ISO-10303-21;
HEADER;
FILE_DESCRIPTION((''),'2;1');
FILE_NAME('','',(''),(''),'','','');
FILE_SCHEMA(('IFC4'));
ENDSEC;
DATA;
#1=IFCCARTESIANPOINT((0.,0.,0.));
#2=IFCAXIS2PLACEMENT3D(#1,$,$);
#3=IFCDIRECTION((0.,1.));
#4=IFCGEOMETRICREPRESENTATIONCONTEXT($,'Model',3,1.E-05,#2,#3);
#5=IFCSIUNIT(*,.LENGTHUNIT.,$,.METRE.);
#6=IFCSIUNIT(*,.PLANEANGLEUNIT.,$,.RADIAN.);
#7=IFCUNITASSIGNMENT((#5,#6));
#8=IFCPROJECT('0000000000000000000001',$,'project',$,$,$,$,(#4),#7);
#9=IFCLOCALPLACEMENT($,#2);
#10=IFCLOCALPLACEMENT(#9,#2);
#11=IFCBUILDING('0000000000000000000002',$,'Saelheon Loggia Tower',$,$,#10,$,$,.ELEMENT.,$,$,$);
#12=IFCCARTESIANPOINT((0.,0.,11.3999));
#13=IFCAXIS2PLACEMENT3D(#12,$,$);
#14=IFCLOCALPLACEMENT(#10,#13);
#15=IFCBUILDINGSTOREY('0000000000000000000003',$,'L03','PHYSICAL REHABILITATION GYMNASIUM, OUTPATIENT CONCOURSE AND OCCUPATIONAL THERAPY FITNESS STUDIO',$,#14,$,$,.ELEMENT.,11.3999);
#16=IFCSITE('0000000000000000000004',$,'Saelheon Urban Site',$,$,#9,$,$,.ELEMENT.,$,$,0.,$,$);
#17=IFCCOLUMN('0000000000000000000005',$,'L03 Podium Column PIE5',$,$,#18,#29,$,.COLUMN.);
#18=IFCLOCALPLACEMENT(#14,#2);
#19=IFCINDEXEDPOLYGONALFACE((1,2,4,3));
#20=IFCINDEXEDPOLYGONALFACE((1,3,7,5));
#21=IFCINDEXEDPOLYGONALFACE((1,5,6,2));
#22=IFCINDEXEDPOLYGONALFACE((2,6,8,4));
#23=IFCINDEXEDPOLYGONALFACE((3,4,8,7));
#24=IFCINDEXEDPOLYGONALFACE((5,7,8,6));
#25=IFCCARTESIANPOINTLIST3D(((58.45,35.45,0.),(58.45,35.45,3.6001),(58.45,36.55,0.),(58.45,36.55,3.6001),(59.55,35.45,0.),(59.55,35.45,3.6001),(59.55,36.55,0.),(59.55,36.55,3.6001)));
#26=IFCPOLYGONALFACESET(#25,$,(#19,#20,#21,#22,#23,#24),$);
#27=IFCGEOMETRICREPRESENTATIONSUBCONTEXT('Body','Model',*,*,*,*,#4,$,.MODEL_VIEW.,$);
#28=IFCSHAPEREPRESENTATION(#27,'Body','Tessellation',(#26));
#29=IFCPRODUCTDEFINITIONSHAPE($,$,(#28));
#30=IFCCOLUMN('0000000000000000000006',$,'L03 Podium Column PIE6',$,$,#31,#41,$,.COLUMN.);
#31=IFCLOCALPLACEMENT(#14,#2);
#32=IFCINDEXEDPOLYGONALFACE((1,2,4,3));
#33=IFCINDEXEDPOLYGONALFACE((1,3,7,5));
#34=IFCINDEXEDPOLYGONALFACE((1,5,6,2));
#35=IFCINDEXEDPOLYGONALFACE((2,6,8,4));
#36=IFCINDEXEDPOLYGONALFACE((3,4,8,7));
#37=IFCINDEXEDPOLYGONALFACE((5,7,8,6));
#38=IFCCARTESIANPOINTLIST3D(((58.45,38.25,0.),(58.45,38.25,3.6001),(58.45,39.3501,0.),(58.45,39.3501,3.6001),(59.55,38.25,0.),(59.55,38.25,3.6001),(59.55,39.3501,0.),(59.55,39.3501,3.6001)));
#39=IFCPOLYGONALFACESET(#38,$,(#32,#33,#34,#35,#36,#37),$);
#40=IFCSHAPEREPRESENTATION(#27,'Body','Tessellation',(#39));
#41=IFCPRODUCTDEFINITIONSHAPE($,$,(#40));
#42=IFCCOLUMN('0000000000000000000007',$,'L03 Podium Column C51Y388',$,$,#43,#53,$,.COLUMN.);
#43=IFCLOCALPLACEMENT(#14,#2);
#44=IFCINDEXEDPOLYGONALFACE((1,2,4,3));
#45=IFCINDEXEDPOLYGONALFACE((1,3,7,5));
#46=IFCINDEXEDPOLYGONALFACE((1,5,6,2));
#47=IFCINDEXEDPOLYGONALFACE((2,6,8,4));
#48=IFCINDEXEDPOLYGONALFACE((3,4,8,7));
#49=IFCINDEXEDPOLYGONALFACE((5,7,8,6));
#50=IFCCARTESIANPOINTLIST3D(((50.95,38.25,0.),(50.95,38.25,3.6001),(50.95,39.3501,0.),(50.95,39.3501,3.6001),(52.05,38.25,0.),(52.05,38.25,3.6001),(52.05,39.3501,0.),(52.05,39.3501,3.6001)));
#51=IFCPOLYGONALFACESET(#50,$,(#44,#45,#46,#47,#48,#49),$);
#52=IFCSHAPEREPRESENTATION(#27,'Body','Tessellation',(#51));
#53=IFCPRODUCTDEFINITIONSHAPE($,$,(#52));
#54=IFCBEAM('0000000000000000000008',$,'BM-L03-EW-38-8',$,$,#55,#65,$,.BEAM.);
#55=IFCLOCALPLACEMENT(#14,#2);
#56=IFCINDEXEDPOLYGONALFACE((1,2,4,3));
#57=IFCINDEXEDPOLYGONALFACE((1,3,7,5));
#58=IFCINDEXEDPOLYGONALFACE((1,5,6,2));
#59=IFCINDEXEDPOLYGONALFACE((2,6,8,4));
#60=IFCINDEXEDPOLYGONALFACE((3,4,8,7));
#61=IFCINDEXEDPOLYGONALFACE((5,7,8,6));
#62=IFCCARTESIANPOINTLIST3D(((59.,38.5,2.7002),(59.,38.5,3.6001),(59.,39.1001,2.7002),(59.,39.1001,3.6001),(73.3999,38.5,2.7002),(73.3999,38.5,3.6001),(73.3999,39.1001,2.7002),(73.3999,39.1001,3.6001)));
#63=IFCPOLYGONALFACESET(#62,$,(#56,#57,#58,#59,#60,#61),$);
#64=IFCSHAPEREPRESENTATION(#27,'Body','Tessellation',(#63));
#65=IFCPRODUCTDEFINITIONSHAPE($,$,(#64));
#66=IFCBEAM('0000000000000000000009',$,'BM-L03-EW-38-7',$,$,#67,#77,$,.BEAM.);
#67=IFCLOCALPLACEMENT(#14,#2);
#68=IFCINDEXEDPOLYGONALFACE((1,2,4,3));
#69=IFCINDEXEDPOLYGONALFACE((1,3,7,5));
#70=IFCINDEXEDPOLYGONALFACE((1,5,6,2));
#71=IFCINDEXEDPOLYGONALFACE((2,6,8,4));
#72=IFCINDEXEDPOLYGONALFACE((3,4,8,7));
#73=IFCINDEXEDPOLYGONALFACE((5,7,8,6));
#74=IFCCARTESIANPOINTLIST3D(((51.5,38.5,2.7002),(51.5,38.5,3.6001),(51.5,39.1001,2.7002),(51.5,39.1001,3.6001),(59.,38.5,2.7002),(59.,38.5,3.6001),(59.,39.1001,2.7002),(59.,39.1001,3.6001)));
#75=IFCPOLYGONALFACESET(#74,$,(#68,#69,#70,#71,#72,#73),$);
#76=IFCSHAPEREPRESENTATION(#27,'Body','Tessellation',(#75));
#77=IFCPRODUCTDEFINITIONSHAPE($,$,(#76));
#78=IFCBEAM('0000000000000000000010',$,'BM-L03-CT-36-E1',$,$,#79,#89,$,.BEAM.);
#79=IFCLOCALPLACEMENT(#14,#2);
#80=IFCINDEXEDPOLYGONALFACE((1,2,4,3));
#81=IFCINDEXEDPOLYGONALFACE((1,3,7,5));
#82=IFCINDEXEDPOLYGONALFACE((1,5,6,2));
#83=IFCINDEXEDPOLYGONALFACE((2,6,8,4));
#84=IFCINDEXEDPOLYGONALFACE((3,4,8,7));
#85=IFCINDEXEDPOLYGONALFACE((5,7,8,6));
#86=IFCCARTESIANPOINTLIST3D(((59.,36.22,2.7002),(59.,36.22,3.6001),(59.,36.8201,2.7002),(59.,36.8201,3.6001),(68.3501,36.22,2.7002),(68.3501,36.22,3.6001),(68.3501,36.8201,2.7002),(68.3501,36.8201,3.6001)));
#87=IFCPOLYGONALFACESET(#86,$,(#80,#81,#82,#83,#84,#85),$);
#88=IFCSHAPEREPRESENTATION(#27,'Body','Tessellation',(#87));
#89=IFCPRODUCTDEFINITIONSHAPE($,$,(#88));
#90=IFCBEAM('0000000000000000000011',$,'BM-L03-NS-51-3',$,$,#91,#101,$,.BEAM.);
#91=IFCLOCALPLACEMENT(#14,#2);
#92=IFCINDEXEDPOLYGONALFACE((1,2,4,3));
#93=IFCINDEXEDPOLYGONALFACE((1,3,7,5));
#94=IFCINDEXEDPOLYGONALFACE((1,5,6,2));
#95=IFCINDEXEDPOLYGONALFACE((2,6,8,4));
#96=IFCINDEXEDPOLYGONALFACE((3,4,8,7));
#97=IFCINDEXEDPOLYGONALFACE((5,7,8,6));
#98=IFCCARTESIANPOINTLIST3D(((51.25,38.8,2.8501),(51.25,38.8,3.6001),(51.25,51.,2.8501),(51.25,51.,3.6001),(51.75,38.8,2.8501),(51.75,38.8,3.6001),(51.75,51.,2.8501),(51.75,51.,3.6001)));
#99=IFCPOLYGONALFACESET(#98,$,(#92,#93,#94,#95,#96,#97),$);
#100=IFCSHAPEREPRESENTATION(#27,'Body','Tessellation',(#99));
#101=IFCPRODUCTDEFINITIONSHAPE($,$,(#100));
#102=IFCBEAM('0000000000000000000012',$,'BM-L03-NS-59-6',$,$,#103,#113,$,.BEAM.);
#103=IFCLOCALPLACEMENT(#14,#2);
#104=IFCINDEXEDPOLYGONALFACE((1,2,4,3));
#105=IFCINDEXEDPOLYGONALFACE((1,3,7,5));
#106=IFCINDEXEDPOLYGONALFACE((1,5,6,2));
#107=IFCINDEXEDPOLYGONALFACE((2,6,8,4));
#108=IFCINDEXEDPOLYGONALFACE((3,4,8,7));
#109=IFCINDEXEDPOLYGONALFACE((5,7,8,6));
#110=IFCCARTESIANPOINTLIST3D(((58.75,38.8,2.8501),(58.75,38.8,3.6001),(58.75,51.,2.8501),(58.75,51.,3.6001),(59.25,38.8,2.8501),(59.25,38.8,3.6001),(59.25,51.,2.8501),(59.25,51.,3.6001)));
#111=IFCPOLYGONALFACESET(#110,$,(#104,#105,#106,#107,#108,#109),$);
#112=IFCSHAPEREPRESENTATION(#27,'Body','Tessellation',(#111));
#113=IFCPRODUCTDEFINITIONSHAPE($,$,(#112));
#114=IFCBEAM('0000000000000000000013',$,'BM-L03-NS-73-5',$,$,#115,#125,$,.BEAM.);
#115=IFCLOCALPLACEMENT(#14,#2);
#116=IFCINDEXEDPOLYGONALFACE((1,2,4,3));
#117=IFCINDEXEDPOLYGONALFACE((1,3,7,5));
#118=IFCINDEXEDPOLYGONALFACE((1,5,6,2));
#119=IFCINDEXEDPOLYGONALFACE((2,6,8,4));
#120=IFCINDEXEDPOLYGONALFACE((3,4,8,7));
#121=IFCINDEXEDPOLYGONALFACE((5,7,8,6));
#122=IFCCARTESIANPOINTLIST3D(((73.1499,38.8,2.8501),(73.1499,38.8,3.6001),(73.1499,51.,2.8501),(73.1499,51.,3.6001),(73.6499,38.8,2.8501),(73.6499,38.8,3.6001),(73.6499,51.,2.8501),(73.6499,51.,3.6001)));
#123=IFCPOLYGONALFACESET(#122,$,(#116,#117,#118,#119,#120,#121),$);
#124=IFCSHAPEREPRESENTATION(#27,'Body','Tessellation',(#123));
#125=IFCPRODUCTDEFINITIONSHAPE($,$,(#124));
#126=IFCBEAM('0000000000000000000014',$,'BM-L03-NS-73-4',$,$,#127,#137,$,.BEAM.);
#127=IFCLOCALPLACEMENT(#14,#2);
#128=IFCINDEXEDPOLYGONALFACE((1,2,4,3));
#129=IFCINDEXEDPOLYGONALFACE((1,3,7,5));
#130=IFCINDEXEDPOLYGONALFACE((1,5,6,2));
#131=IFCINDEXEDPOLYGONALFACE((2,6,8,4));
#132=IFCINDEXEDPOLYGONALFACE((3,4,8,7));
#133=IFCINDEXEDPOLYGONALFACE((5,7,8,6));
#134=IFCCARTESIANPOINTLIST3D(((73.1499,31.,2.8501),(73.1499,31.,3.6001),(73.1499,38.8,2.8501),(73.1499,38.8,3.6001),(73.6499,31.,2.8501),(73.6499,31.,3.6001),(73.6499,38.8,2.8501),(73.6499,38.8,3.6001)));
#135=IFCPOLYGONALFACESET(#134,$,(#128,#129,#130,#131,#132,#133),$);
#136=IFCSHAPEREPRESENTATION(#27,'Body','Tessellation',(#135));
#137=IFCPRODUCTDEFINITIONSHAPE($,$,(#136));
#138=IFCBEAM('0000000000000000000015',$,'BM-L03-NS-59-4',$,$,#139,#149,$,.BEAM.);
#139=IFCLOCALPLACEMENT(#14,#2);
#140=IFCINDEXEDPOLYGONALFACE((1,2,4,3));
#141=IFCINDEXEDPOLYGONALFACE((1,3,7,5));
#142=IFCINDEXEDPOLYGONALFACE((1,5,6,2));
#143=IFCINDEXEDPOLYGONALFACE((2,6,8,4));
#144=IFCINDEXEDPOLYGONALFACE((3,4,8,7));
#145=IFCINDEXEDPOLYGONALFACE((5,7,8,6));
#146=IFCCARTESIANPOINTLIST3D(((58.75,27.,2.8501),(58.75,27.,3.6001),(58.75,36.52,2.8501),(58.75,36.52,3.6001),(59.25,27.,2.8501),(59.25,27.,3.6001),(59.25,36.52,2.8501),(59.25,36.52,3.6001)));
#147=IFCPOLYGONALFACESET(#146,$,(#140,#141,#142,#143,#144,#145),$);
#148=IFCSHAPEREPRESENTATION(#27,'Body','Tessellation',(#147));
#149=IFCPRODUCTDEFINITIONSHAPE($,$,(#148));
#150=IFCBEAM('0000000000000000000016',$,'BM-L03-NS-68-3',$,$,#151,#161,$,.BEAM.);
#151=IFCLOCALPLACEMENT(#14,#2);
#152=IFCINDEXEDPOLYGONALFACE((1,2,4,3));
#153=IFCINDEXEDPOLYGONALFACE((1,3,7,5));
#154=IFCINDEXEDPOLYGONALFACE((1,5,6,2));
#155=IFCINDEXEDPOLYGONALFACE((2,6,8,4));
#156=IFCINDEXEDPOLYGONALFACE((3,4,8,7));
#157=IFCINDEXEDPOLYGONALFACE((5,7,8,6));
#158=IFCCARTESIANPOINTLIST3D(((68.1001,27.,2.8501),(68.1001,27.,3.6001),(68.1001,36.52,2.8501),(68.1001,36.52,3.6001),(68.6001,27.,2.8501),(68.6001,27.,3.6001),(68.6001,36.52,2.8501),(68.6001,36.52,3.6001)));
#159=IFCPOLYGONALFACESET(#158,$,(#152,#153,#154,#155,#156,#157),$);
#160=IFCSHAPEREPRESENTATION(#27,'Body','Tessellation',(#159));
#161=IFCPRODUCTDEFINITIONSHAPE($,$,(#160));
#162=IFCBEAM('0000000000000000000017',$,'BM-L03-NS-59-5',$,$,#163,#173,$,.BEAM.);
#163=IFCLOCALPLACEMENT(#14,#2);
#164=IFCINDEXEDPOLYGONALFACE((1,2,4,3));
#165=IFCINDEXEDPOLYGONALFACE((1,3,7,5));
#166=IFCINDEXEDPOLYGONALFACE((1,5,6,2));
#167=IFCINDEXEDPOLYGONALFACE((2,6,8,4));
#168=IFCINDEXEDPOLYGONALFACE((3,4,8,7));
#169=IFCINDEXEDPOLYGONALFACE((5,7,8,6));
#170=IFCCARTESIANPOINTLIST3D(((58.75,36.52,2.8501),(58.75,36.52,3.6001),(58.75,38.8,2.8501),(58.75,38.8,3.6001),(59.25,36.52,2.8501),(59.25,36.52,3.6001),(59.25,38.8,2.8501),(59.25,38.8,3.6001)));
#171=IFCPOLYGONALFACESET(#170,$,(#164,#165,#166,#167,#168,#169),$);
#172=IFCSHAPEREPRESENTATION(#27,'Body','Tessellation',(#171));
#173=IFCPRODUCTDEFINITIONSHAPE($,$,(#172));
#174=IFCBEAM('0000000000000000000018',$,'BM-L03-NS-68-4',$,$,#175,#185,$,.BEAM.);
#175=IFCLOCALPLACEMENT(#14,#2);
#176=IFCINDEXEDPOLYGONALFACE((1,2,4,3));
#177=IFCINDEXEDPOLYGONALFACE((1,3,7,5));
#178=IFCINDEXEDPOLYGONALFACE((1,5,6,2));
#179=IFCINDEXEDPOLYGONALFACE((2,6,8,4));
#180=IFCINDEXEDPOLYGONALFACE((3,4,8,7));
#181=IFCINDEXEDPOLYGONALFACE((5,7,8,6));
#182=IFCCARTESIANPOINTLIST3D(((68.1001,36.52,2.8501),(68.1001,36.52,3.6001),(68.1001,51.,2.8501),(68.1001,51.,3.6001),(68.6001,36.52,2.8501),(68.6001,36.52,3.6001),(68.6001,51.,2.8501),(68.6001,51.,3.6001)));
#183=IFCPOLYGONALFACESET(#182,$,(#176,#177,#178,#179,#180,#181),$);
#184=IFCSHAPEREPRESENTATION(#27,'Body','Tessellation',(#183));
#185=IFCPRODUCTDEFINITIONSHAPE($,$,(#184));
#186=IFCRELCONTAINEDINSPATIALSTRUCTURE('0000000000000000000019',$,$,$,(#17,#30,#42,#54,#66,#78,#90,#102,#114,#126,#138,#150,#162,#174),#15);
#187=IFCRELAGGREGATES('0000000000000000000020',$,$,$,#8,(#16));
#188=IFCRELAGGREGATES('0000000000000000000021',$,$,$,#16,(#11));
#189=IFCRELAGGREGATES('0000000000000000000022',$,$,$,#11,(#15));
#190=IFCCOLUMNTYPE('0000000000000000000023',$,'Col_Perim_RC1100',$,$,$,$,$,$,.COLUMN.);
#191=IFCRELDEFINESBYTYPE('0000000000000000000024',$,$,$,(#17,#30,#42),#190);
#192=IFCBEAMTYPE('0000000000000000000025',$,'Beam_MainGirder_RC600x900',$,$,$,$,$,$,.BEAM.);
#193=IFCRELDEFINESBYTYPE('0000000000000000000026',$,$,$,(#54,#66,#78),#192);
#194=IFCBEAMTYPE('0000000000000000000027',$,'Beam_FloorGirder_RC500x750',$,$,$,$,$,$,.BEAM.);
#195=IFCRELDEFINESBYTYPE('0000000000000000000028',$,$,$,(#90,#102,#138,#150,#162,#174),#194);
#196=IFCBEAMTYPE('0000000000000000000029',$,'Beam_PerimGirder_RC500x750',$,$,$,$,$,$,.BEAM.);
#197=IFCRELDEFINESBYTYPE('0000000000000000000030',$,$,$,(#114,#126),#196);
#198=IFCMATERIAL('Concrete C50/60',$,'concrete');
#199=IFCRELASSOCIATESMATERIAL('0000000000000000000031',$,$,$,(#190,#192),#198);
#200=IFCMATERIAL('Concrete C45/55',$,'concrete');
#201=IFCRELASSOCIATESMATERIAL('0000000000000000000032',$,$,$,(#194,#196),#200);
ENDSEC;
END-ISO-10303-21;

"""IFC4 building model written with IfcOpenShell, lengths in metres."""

from ifc_helpers import new_model, si_unit, direction, frame, origin, origin_2d, place, context, subcontext, project, spatial, rectangle, extrude, source, transform, mapped, material, material_profile, profile_set, type_object, element, save


model = new_model("IFC4")

# Units and contexts
model_context = context("Model", 3, precision=1e-05, world=origin(), true_north=direction((0.0, 1.0)))
body_context = subcontext(model_context, "Body", "Model", "MODEL_VIEW")
ifc_project = project(units=[si_unit("LENGTHUNIT", "METRE"), si_unit("PLANEANGLEUNIT", "RADIAN")], contexts=[model_context])

# Site, building, storey
site_placement = place(None, origin())
site = spatial("IfcSite", under=ifc_project, at=site_placement, Name="Saelheon Urban Site", CompositionType="ELEMENT", RefElevation=0.0)
building_placement = place(site_placement, origin())
building = spatial("IfcBuilding", under=site, at=building_placement, Name="Saelheon Loggia Tower", CompositionType="ELEMENT")
storey_placement = place(building_placement, frame((0.0, 0.0, 11.3999)))
storey = spatial("IfcBuildingStorey", under=building, at=storey_placement, Name="L03", Description="PHYSICAL REHABILITATION GYMNASIUM, OUTPATIENT CONCOURSE AND OCCUPATIONAL THERAPY FITNESS STUDIO", CompositionType="ELEMENT", Elevation=11.3999)

# Columns
ifc_material_1 = material(Name="Concrete C50/60", Category="concrete")
ifc_material_2 = material(Name="Concrete C45/55", Category="concrete")
ifc_material_profile_1 = material_profile(ifc_material_1, rectangle(XDim=1.1001, YDim=1.1001, at=origin_2d()), Name="RC-1100x1100")
ifc_profile_set_1 = profile_set([ifc_material_profile_1], Name="Concrete C50/60")
column_type_1 = type_object("IfcColumnType", Name="Col_Perim_RC1100", PredefinedType="COLUMN", material=ifc_profile_set_1)
shared_shape_1 = source(origin(), body_context, "Body", "SweptSolid", [
    extrude(rectangle(XDim=1.1001, YDim=1.1001, at=origin_2d()), origin(), (0.0, 0.0, 1.0), 3.6001),
])
for number, where, z_axis, x_axis, name in (
    (1, (59.0, 36.0, 0.0), (0.0, 0.0, 1.0), (1.0, 0.0, 0.0), "L03 Podium Column PIE5"),
    (2, (59.0, 38.8, 0.0), (0.0, 0.0, 1.0), (1.0, 0.0, 0.0), "L03 Podium Column PIE6"),
    (3, (51.5, 38.8, 0.0), (0.0, 0.0, 1.0), (1.0, 0.0, 0.0), "L03 Podium Column C51Y388"),
):
    element("IfcColumn", number, at=place(storey_placement, frame(where, z_axis=z_axis, x_axis=x_axis)), inside=storey, type_object=column_type_1, Name=name, PredefinedType="COLUMN", context=body_context, shape_type="MappedRepresentation", body=[
        mapped(shared_shape_1, transform((0.0, 0.0, 0.0), scale=1.0)),
    ])

# Beams
ifc_material_profile_2 = material_profile(ifc_material_1, rectangle(XDim=0.6001, YDim=0.8999, at=origin_2d()), Name="RC-600x900")
ifc_profile_set_2 = profile_set([ifc_material_profile_2], Name="Concrete C50/60")
beam_type_1 = type_object("IfcBeamType", Name="Beam_MainGirder_RC600x900", PredefinedType="BEAM", material=ifc_profile_set_2)
shared_shape_2 = source(origin(), body_context, "Body", "SweptSolid", [
    extrude(rectangle(XDim=0.6001, YDim=0.8999, at=origin_2d()), origin(), (0.0, 0.0, 1.0), 14.3999),
])
beam_1_placement = place(storey_placement, frame((59.0, 38.8, 3.1501), z_axis=(1.0, 0.0, 0.0), x_axis=(0.0, 1.0, 0.0)))
element("IfcBeam", 4, at=beam_1_placement, inside=storey, type_object=beam_type_1, Name="BM-L03-EW-38-8", PredefinedType="BEAM", context=body_context, shape_type="MappedRepresentation", body=[
    mapped(shared_shape_2, transform((0.0, 0.0, 0.0), scale=1.0)),
])
shared_shape_3 = source(origin(), body_context, "Body", "SweptSolid", [
    extrude(rectangle(XDim=0.6001, YDim=0.8999, at=origin_2d()), origin(), (0.0, 0.0, 1.0), 7.5),
])
beam_2_placement = place(storey_placement, frame((51.5, 38.8, 3.1501), z_axis=(1.0, 0.0, 0.0), x_axis=(0.0, 1.0, 0.0)))
element("IfcBeam", 5, at=beam_2_placement, inside=storey, type_object=beam_type_1, Name="BM-L03-EW-38-7", PredefinedType="BEAM", context=body_context, shape_type="MappedRepresentation", body=[
    mapped(shared_shape_3, transform((0.0, 0.0, 0.0), scale=1.0)),
])
shared_shape_4 = source(origin(), body_context, "Body", "SweptSolid", [
    extrude(rectangle(XDim=0.6001, YDim=0.8999, at=origin_2d()), origin(), (0.0, 0.0, 1.0), 9.3501),
])
beam_3_placement = place(storey_placement, frame((59.0, 36.52, 3.1501), z_axis=(1.0, 0.0, 0.0), x_axis=(0.0, 1.0, 0.0)))
element("IfcBeam", 6, at=beam_3_placement, inside=storey, type_object=beam_type_1, Name="BM-L03-CT-36-E1", PredefinedType="BEAM", context=body_context, shape_type="MappedRepresentation", body=[
    mapped(shared_shape_4, transform((0.0, 0.0, 0.0), scale=1.0)),
])
ifc_material_profile_3 = material_profile(ifc_material_2, rectangle(XDim=0.5, YDim=0.75, at=origin_2d()), Name="RC-500x750")
ifc_profile_set_3 = profile_set([ifc_material_profile_3], Name="Concrete C45/55")
beam_type_2 = type_object("IfcBeamType", Name="Beam_FloorGirder_RC500x750", PredefinedType="BEAM", material=ifc_profile_set_3)
shared_shape_5 = source(origin(), body_context, "Body", "SweptSolid", [
    extrude(rectangle(XDim=0.5, YDim=0.75, at=origin_2d()), origin(), (0.0, 0.0, 1.0), 12.2),
])
for number, where, z_axis, x_axis, name in (
    (7, (51.5, 38.8, 3.2251), (0.0, 1.0, 0.0), (-1.0, 0.0, 0.0), "BM-L03-NS-51-3"),
    (8, (59.0, 38.8, 3.2251), (0.0, 1.0, 0.0), (-1.0, 0.0, 0.0), "BM-L03-NS-59-6"),
):
    element("IfcBeam", number, at=place(storey_placement, frame(where, z_axis=z_axis, x_axis=x_axis)), inside=storey, type_object=beam_type_2, Name=name, PredefinedType="BEAM", context=body_context, shape_type="MappedRepresentation", body=[
        mapped(shared_shape_5, transform((0.0, 0.0, 0.0), scale=1.0)),
    ])
ifc_material_profile_4 = material_profile(ifc_material_2, rectangle(XDim=0.5, YDim=0.75, at=origin_2d()), Name="RC-500x750")
ifc_profile_set_4 = profile_set([ifc_material_profile_4], Name="Concrete C45/55")
beam_type_3 = type_object("IfcBeamType", Name="Beam_PerimGirder_RC500x750", PredefinedType="BEAM", material=ifc_profile_set_4)
beam_4_placement = place(storey_placement, frame((73.3999, 38.8, 3.2251), z_axis=(0.0, 1.0, 0.0), x_axis=(-1.0, 0.0, 0.0)))
element("IfcBeam", 9, at=beam_4_placement, inside=storey, type_object=beam_type_3, Name="BM-L03-NS-73-5", PredefinedType="BEAM", context=body_context, shape_type="MappedRepresentation", body=[
    mapped(shared_shape_5, transform((0.0, 0.0, 0.0), scale=1.0)),
])
shared_shape_6 = source(origin(), body_context, "Body", "SweptSolid", [
    extrude(rectangle(XDim=0.5, YDim=0.75, at=origin_2d()), origin(), (0.0, 0.0, 1.0), 7.8),
])
beam_5_placement = place(storey_placement, frame((73.3999, 31.0, 3.2251), z_axis=(0.0, 1.0, 0.0), x_axis=(-1.0, 0.0, 0.0)))
element("IfcBeam", 10, at=beam_5_placement, inside=storey, type_object=beam_type_3, Name="BM-L03-NS-73-4", PredefinedType="BEAM", context=body_context, shape_type="MappedRepresentation", body=[
    mapped(shared_shape_6, transform((0.0, 0.0, 0.0), scale=1.0)),
])
shared_shape_7 = source(origin(), body_context, "Body", "SweptSolid", [
    extrude(rectangle(XDim=0.5, YDim=0.75, at=origin_2d()), origin(), (0.0, 0.0, 1.0), 9.52),
])
for number, where, z_axis, x_axis, name in (
    (11, (59.0, 27.0, 3.2251), (0.0, 1.0, 0.0), (-1.0, 0.0, 0.0), "BM-L03-NS-59-4"),
    (12, (68.3501, 27.0, 3.2251), (0.0, 1.0, 0.0), (-1.0, 0.0, 0.0), "BM-L03-NS-68-3"),
):
    element("IfcBeam", number, at=place(storey_placement, frame(where, z_axis=z_axis, x_axis=x_axis)), inside=storey, type_object=beam_type_2, Name=name, PredefinedType="BEAM", context=body_context, shape_type="MappedRepresentation", body=[
        mapped(shared_shape_7, transform((0.0, 0.0, 0.0), scale=1.0)),
    ])
shared_shape_8 = source(origin(), body_context, "Body", "SweptSolid", [
    extrude(rectangle(XDim=0.5, YDim=0.75, at=origin_2d()), origin(), (0.0, 0.0, 1.0), 2.28),
])
beam_6_placement = place(storey_placement, frame((59.0, 36.52, 3.2251), z_axis=(0.0, 1.0, 0.0), x_axis=(-1.0, 0.0, 0.0)))
element("IfcBeam", 13, at=beam_6_placement, inside=storey, type_object=beam_type_2, Name="BM-L03-NS-59-5", PredefinedType="BEAM", context=body_context, shape_type="MappedRepresentation", body=[
    mapped(shared_shape_8, transform((0.0, 0.0, 0.0), scale=1.0)),
])
shared_shape_9 = source(origin(), body_context, "Body", "SweptSolid", [
    extrude(rectangle(XDim=0.5, YDim=0.75, at=origin_2d()), origin(), (0.0, 0.0, 1.0), 14.48),
])
beam_7_placement = place(storey_placement, frame((68.3501, 36.52, 3.2251), z_axis=(0.0, 1.0, 0.0), x_axis=(-1.0, 0.0, 0.0)))
element("IfcBeam", 14, at=beam_7_placement, inside=storey, type_object=beam_type_2, Name="BM-L03-NS-68-4", PredefinedType="BEAM", context=body_context, shape_type="MappedRepresentation", body=[
    mapped(shared_shape_9, transform((0.0, 0.0, 0.0), scale=1.0)),
])

save(model, "model.ifc")
